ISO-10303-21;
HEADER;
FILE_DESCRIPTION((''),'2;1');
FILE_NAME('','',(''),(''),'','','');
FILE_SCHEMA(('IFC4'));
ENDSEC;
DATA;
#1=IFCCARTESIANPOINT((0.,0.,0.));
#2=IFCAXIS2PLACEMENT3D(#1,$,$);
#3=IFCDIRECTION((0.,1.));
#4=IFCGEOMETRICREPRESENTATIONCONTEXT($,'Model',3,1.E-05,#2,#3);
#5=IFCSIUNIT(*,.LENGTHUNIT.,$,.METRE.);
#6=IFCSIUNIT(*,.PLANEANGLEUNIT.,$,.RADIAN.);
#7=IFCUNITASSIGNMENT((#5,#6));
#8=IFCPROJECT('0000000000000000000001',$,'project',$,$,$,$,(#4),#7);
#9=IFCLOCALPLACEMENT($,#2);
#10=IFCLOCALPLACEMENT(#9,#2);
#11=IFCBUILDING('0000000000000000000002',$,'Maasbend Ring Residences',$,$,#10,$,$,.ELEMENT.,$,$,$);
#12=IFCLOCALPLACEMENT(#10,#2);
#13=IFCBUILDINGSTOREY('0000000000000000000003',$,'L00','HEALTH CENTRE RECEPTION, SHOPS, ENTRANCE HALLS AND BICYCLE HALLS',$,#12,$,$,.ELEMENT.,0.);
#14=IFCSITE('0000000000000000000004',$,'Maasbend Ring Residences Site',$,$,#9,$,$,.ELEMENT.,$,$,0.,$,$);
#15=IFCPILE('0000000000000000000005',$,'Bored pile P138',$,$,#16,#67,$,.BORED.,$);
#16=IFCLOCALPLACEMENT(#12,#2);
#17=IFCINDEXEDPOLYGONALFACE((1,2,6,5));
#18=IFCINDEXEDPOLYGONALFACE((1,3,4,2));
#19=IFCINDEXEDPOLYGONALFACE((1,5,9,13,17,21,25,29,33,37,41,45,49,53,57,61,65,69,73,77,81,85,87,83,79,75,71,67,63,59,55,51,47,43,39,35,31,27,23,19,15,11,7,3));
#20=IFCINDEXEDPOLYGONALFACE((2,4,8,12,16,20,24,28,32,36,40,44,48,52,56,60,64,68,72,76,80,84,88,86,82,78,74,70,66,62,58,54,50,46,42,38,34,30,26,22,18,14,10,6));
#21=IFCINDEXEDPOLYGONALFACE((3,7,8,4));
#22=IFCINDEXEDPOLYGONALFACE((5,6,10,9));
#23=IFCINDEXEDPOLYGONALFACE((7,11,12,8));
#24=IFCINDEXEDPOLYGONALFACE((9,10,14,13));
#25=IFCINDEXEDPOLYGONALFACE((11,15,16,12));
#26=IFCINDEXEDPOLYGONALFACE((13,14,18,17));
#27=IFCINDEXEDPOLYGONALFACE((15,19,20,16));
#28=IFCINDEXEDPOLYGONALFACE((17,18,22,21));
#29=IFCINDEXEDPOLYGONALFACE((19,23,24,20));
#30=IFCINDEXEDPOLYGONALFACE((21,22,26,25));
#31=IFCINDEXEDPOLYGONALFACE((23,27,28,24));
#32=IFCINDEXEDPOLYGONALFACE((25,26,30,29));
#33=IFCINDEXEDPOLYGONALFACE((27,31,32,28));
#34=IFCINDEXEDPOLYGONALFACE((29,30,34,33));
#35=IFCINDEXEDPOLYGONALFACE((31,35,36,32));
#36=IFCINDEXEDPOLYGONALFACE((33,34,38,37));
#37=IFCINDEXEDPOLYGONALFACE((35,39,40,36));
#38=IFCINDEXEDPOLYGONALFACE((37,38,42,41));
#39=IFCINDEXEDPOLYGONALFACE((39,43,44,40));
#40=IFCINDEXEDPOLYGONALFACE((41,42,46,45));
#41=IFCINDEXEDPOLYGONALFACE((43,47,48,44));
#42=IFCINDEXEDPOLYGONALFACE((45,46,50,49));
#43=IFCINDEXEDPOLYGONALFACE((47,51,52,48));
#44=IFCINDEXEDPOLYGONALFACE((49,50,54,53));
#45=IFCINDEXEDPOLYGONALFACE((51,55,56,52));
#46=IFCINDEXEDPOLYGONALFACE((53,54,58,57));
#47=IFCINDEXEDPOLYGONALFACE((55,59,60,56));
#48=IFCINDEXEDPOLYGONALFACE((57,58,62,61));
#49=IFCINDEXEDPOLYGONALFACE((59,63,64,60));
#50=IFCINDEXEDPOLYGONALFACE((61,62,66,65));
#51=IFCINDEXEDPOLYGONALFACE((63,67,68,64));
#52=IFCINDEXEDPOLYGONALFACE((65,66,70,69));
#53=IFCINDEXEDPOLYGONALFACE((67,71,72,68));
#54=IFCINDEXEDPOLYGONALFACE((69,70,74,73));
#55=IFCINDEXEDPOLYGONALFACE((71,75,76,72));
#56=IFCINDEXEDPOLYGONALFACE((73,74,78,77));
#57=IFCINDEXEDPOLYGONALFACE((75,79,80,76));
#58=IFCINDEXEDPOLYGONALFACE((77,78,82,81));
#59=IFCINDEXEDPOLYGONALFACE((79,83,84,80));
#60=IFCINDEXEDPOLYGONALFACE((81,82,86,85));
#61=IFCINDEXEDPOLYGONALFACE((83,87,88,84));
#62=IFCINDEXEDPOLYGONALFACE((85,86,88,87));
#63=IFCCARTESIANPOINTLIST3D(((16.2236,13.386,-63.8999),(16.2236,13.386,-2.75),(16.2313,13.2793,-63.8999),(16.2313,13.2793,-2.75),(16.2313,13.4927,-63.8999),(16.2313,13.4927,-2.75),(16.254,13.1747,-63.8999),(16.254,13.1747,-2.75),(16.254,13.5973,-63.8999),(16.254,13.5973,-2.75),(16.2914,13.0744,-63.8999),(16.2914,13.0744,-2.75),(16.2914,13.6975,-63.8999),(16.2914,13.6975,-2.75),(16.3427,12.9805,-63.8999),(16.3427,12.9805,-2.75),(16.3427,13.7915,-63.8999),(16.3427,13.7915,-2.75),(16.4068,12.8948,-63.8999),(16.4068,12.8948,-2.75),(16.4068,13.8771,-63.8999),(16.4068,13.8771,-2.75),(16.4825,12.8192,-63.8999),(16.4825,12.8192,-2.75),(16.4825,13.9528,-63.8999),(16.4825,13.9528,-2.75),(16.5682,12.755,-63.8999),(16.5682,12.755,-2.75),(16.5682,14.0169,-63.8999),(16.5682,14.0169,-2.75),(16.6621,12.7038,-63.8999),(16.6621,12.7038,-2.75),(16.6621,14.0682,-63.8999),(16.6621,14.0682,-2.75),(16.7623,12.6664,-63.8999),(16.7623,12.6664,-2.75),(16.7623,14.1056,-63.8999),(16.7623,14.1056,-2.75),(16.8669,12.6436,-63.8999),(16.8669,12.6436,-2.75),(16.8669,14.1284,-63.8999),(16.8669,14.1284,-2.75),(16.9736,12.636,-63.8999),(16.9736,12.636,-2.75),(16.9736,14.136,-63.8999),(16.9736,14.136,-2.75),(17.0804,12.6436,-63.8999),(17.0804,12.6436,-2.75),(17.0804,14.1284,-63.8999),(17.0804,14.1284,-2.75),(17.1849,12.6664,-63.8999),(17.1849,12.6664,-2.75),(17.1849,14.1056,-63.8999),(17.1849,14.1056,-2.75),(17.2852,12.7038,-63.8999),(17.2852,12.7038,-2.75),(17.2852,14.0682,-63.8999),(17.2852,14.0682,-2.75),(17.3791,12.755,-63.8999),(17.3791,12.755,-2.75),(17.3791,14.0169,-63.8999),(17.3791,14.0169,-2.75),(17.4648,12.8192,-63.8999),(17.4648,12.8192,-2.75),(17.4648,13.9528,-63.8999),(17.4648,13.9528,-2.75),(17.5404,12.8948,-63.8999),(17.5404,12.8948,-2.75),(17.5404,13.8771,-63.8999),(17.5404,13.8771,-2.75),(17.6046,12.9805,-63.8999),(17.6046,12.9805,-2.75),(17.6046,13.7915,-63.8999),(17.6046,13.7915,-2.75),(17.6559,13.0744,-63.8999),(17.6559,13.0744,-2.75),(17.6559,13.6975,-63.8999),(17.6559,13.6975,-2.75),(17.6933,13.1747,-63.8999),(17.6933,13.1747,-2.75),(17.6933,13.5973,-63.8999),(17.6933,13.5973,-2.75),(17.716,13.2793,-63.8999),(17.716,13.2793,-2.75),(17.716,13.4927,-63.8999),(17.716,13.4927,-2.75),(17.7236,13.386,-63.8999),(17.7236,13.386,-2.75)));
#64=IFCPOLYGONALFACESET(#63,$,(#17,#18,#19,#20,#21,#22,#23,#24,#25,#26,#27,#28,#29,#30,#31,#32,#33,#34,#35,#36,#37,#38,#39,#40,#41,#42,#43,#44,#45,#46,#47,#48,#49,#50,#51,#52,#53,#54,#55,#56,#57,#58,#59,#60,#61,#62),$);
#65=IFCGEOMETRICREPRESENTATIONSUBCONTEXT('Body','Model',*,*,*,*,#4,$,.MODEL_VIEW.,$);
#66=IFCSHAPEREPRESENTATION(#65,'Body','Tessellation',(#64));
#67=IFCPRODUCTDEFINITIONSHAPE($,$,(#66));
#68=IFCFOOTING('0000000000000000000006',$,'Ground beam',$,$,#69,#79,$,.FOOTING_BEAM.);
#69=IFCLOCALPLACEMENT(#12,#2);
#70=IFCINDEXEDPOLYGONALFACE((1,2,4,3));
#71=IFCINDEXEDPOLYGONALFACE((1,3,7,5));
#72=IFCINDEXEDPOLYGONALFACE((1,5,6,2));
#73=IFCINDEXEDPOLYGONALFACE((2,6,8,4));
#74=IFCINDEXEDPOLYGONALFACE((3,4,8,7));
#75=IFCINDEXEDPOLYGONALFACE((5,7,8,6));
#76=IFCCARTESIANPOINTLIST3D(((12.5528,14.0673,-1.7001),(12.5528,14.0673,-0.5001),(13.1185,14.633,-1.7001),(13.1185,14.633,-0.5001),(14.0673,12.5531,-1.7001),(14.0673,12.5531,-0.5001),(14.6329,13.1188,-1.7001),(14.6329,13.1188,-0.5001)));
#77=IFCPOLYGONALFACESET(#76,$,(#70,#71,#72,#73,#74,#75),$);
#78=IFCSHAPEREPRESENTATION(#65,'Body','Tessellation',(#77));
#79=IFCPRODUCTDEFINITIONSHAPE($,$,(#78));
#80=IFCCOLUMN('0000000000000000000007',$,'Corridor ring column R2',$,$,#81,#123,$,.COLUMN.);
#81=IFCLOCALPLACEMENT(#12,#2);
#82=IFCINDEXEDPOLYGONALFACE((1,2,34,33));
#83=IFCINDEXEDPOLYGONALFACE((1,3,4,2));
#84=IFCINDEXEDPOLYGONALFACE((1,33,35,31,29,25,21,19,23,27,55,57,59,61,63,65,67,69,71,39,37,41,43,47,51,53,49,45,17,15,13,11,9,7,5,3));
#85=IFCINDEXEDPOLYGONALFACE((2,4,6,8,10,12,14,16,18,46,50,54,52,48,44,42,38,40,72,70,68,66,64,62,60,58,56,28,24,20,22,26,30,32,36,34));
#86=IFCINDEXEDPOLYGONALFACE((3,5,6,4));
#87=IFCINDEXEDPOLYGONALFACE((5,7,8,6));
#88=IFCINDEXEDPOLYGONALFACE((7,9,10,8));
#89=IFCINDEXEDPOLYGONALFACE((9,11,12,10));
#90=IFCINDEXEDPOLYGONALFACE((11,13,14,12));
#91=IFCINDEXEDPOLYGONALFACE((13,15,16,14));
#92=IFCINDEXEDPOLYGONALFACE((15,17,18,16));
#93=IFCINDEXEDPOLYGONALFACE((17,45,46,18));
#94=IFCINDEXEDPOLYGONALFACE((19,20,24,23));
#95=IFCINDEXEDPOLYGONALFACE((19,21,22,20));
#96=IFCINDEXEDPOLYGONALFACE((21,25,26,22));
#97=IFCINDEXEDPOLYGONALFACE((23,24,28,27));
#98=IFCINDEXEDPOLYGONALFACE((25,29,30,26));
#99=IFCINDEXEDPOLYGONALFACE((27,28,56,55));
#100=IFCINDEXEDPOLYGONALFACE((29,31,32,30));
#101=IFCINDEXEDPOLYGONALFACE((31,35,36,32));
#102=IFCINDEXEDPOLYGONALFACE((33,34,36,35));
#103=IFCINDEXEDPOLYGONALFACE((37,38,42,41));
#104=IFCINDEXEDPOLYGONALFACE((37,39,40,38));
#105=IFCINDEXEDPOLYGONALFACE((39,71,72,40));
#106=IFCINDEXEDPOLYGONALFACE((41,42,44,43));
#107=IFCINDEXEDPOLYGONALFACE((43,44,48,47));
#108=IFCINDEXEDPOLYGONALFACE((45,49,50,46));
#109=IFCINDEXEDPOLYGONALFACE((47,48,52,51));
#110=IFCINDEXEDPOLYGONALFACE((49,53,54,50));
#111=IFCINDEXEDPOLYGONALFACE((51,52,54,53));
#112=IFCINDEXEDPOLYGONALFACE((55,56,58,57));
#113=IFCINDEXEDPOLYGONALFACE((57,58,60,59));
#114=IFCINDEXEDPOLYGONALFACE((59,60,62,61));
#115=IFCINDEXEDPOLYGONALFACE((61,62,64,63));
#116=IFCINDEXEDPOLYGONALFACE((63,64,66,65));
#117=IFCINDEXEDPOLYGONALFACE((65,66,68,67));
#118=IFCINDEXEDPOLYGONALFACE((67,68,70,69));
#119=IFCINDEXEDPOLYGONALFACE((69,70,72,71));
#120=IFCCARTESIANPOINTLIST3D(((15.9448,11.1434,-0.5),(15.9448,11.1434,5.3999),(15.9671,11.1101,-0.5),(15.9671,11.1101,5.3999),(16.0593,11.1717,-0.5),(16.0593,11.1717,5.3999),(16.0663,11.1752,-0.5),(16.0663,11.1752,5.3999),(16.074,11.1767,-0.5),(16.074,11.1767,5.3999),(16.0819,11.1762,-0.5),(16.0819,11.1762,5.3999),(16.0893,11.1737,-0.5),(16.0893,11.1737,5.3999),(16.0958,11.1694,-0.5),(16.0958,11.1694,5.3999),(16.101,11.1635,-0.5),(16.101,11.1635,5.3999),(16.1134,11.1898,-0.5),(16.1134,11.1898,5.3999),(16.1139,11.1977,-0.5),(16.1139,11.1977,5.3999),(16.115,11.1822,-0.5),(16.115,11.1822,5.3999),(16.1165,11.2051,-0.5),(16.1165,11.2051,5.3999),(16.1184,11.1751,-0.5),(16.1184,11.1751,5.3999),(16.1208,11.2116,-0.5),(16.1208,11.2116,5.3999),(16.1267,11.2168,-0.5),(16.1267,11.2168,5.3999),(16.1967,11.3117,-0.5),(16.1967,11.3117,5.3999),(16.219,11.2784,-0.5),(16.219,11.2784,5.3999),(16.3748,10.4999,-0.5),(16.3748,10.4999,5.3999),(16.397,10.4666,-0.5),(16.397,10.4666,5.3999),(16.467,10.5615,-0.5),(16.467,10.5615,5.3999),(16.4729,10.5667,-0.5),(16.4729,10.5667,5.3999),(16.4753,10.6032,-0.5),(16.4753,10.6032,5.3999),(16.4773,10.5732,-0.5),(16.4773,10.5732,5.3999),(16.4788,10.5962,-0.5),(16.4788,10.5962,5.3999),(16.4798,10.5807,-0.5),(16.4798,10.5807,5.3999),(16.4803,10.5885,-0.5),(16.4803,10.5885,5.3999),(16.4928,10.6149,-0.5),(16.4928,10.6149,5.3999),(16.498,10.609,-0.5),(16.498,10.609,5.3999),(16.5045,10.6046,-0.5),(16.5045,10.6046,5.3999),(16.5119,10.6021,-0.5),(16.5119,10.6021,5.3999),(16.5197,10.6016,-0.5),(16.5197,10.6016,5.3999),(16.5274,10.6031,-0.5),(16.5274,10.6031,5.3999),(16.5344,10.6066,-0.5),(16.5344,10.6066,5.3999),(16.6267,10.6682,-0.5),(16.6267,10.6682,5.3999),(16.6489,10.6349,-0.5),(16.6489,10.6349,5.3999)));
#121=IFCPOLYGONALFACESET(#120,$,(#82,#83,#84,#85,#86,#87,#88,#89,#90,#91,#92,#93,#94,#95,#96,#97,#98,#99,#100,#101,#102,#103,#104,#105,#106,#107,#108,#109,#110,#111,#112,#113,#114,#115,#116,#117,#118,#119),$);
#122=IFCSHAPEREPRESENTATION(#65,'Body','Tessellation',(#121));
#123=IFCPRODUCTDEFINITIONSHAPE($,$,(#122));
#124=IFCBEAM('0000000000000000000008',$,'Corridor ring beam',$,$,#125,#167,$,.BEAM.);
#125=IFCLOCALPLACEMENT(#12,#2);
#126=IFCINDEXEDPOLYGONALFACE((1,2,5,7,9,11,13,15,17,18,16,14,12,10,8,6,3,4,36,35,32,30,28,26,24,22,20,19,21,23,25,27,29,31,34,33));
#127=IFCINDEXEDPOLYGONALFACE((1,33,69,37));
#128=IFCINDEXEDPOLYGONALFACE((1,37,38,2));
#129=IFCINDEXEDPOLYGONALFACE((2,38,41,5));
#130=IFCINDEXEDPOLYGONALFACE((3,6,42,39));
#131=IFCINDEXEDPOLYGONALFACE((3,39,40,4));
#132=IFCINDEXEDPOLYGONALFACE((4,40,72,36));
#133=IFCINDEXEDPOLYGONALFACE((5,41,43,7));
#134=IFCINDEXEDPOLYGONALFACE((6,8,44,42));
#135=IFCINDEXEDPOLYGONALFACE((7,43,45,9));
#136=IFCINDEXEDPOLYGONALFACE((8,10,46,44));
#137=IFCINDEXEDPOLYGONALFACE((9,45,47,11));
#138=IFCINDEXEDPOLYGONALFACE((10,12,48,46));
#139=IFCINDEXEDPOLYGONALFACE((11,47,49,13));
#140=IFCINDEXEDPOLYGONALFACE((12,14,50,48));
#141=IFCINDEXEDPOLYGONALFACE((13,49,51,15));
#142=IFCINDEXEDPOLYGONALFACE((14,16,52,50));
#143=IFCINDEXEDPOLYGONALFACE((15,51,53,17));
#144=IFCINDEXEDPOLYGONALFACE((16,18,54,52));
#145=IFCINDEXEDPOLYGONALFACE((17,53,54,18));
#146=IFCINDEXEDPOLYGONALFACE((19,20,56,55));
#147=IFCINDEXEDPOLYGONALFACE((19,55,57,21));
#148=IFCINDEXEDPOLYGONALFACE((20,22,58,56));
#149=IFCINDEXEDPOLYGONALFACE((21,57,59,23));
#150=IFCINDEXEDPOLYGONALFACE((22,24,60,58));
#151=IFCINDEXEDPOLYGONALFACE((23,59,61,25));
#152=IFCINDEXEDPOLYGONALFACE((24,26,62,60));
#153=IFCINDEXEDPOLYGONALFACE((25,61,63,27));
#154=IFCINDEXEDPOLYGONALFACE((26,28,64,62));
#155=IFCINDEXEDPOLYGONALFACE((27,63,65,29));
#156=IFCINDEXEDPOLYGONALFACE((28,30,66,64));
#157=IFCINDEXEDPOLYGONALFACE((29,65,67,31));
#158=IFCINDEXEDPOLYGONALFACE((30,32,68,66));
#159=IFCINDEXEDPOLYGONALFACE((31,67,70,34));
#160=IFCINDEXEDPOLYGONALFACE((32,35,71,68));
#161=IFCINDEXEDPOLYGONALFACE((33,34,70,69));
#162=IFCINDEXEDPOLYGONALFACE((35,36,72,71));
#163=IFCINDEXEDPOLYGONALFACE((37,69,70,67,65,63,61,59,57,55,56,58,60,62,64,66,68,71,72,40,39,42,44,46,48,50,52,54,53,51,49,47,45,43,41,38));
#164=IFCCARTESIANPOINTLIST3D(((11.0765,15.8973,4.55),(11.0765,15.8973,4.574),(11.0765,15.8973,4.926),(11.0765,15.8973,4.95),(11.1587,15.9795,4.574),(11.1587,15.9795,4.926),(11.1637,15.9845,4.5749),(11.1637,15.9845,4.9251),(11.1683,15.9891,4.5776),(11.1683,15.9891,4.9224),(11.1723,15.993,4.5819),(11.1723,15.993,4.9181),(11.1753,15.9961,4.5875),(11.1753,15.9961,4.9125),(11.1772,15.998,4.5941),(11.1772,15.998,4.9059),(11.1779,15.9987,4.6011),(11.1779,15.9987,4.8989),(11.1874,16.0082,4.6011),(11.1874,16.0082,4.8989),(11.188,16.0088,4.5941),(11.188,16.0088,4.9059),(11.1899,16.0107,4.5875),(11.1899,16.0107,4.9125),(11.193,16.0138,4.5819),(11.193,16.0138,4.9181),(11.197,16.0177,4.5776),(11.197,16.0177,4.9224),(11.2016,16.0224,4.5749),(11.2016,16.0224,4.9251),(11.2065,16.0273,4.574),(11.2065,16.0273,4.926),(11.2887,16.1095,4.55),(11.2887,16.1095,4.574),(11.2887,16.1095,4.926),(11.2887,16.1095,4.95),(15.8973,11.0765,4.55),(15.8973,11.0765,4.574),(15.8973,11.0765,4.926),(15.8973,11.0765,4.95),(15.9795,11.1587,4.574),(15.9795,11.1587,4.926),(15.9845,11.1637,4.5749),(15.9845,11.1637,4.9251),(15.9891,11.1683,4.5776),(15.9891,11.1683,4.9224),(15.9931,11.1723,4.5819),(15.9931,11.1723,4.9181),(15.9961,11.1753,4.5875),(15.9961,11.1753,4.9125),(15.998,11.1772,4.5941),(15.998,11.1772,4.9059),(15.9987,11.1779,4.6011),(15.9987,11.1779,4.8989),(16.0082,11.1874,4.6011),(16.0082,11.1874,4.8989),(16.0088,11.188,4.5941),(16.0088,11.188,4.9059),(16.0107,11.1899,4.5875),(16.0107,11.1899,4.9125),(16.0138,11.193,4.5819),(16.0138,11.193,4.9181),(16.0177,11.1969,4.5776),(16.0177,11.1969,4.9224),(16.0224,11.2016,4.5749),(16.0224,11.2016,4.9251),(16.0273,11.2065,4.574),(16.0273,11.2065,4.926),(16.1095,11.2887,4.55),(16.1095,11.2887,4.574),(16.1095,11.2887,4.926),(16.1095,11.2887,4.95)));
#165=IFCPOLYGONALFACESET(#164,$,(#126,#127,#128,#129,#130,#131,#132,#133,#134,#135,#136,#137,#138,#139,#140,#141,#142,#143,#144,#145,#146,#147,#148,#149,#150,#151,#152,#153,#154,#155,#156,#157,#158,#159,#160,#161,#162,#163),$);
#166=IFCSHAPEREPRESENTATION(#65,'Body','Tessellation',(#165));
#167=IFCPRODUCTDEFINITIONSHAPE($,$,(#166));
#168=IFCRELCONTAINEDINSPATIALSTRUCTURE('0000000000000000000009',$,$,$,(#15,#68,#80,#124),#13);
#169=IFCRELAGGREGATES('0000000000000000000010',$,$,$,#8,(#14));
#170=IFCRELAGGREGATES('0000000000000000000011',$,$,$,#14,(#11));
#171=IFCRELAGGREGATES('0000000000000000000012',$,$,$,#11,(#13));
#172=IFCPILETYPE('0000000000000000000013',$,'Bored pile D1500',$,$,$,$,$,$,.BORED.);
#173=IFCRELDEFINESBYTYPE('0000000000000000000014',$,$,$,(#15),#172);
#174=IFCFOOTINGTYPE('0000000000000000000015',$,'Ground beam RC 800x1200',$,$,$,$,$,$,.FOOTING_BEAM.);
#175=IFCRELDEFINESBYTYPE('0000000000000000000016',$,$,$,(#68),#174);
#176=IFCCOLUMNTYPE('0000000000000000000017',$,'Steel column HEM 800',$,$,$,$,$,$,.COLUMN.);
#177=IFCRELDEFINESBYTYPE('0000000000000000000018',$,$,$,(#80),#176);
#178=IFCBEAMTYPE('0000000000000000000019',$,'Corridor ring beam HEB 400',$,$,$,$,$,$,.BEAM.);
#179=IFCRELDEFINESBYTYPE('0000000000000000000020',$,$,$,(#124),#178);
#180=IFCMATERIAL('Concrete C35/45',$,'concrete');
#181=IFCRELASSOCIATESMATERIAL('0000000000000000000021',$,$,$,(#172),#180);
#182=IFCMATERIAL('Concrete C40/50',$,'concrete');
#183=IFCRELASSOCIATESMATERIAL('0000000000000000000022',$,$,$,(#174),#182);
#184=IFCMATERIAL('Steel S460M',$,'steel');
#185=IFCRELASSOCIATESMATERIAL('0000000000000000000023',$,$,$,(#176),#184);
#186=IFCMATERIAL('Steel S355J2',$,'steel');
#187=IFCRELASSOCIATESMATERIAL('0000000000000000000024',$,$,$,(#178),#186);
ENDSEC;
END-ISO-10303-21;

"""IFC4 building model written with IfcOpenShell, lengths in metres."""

from ifc_helpers import new_model, si_unit, direction, frame, origin, origin_2d, place, context, subcontext, project, spatial, rectangle, circle, i_section, extrude, material, material_profile, profile_set, type_object, element, save


model = new_model("IFC4")

# Units and contexts
model_context = context("Model", 3, precision=1e-05, world=origin(), true_north=direction((0.0, 1.0)))
body_context = subcontext(model_context, "Body", "Model", "MODEL_VIEW")
ifc_project = project(units=[si_unit("LENGTHUNIT", "METRE"), si_unit("PLANEANGLEUNIT", "RADIAN")], contexts=[model_context])

# Site, building, storey
site_placement = place(None, origin())
site = spatial("IfcSite", under=ifc_project, at=site_placement, Name="Maasbend Ring Residences Site", CompositionType="ELEMENT", RefElevation=0.0)
building_placement = place(site_placement, origin())
building = spatial("IfcBuilding", under=site, at=building_placement, Name="Maasbend Ring Residences", CompositionType="ELEMENT")
storey_placement = place(building_placement, origin())
storey = spatial("IfcBuildingStorey", under=building, at=storey_placement, Name="L00", Description="HEALTH CENTRE RECEPTION, SHOPS, ENTRANCE HALLS AND BICYCLE HALLS", CompositionType="ELEMENT", Elevation=0.0)

# Pile
ifc_material_1 = material(Name="Concrete C35/45", Category="concrete")
ifc_material_profile_1 = material_profile(ifc_material_1, circle(Radius=0.75, at=origin_2d()), Name="Bored pile D1500")
ifc_profile_set_1 = profile_set([ifc_material_profile_1], Name="Concrete C35/45")
pile_type = type_object("IfcPileType", Name="Bored pile D1500", PredefinedType="BORED", material=ifc_profile_set_1)
for number, where, z_axis, x_axis, name in (
    (1, (16.9736, 13.386, -2.75), (0.0, 0.0, -1.0), (1.0, 0.0, 0.0), "Bored pile P138"),
):
    element("IfcPile", number, at=place(storey_placement, frame(where, z_axis=z_axis, x_axis=x_axis)), inside=storey, type_object=pile_type, Name=name, PredefinedType="BORED", context=body_context, shape_type="SweptSolid", body=[
        extrude(circle(Radius=0.75, at=origin_2d()), origin(), (0.0, 0.0, 1.0), 61.1499),
    ])

# Footing
ifc_material_2 = material(Name="Concrete C40/50", Category="concrete")
ifc_material_profile_2 = material_profile(ifc_material_2, rectangle(XDim=0.8, YDim=1.2, at=origin_2d()), Name="Ground beam RC 800x1200")
ifc_profile_set_2 = profile_set([ifc_material_profile_2], Name="Concrete C40/50")
footing_type = type_object("IfcFootingType", Name="Ground beam RC 800x1200", PredefinedType="FOOTING_BEAM", material=ifc_profile_set_2)
footing_placement = place(storey_placement, frame((14.3501, 12.8359, -1.1001), z_axis=(-0.707164, 0.70705, 0.0), x_axis=(-0.70705, -0.707164, 0.0)))
element("IfcFooting", 2, at=footing_placement, inside=storey, type_object=footing_type, Name="Ground beam", PredefinedType="FOOTING_BEAM", context=body_context, shape_type="SweptSolid", body=[
    extrude(rectangle(XDim=0.8, YDim=1.2, at=origin_2d()), origin(), (0.0, 0.0, 1.0), 2.1416),
])

# Column
ifc_material_3 = material(Name="Steel S460M", Category="steel")
ifc_material_profile_3 = material_profile(ifc_material_3, i_section(OverallWidth=0.303, OverallDepth=0.814, WebThickness=0.021, FlangeThickness=0.04, FilletRadius=0.03, at=origin_2d()), Name="HEM 800")
ifc_profile_set_3 = profile_set([ifc_material_profile_3], Name="Steel S460M")
column_type = type_object("IfcColumnType", Name="Steel column HEM 800", PredefinedType="COLUMN", material=ifc_profile_set_3)
column_placement = place(storey_placement, frame((16.2969, 10.8892, -0.5), z_axis=(0.0, 0.0, 1.0), x_axis=(0.83147, 0.55557, 0.0)))
element("IfcColumn", 3, at=column_placement, inside=storey, type_object=column_type, Name="Corridor ring column R2", PredefinedType="COLUMN", context=body_context, shape_type="SweptSolid", body=[
    extrude(i_section(OverallWidth=0.303, OverallDepth=0.814, WebThickness=0.021, FlangeThickness=0.04, FilletRadius=0.03, at=origin_2d()), origin(), (0.0, 0.0, 1.0), 5.8999),
])

# Beam
ifc_material_4 = material(Name="Steel S355J2", Category="steel")
ifc_material_profile_4 = material_profile(ifc_material_4, i_section(OverallWidth=0.3, OverallDepth=0.3999, WebThickness=0.0134, FlangeThickness=0.0239, FilletRadius=0.0271, at=origin_2d()), Name="HEB 400")
ifc_profile_set_4 = profile_set([ifc_material_profile_4], Name="Steel S355J2")
beam_type = type_object("IfcBeamType", Name="Corridor ring beam HEB 400", PredefinedType="BEAM", material=ifc_profile_set_4)
beam_placement = place(storey_placement, frame((16.0034, 11.1826, 4.75), z_axis=(-0.707107, 0.707107, 0.0), x_axis=(-0.707107, -0.707107, 0.0)))
element("IfcBeam", 4, at=beam_placement, inside=storey, type_object=beam_type, Name="Corridor ring beam", PredefinedType="BEAM", context=body_context, shape_type="SweptSolid", body=[
    extrude(i_section(OverallWidth=0.3, OverallDepth=0.3999, WebThickness=0.0134, FlangeThickness=0.0239, FilletRadius=0.0271, at=origin_2d()), origin(), (0.0, 0.0, 1.0), 6.8176),
])

save(model, "model.ifc")
